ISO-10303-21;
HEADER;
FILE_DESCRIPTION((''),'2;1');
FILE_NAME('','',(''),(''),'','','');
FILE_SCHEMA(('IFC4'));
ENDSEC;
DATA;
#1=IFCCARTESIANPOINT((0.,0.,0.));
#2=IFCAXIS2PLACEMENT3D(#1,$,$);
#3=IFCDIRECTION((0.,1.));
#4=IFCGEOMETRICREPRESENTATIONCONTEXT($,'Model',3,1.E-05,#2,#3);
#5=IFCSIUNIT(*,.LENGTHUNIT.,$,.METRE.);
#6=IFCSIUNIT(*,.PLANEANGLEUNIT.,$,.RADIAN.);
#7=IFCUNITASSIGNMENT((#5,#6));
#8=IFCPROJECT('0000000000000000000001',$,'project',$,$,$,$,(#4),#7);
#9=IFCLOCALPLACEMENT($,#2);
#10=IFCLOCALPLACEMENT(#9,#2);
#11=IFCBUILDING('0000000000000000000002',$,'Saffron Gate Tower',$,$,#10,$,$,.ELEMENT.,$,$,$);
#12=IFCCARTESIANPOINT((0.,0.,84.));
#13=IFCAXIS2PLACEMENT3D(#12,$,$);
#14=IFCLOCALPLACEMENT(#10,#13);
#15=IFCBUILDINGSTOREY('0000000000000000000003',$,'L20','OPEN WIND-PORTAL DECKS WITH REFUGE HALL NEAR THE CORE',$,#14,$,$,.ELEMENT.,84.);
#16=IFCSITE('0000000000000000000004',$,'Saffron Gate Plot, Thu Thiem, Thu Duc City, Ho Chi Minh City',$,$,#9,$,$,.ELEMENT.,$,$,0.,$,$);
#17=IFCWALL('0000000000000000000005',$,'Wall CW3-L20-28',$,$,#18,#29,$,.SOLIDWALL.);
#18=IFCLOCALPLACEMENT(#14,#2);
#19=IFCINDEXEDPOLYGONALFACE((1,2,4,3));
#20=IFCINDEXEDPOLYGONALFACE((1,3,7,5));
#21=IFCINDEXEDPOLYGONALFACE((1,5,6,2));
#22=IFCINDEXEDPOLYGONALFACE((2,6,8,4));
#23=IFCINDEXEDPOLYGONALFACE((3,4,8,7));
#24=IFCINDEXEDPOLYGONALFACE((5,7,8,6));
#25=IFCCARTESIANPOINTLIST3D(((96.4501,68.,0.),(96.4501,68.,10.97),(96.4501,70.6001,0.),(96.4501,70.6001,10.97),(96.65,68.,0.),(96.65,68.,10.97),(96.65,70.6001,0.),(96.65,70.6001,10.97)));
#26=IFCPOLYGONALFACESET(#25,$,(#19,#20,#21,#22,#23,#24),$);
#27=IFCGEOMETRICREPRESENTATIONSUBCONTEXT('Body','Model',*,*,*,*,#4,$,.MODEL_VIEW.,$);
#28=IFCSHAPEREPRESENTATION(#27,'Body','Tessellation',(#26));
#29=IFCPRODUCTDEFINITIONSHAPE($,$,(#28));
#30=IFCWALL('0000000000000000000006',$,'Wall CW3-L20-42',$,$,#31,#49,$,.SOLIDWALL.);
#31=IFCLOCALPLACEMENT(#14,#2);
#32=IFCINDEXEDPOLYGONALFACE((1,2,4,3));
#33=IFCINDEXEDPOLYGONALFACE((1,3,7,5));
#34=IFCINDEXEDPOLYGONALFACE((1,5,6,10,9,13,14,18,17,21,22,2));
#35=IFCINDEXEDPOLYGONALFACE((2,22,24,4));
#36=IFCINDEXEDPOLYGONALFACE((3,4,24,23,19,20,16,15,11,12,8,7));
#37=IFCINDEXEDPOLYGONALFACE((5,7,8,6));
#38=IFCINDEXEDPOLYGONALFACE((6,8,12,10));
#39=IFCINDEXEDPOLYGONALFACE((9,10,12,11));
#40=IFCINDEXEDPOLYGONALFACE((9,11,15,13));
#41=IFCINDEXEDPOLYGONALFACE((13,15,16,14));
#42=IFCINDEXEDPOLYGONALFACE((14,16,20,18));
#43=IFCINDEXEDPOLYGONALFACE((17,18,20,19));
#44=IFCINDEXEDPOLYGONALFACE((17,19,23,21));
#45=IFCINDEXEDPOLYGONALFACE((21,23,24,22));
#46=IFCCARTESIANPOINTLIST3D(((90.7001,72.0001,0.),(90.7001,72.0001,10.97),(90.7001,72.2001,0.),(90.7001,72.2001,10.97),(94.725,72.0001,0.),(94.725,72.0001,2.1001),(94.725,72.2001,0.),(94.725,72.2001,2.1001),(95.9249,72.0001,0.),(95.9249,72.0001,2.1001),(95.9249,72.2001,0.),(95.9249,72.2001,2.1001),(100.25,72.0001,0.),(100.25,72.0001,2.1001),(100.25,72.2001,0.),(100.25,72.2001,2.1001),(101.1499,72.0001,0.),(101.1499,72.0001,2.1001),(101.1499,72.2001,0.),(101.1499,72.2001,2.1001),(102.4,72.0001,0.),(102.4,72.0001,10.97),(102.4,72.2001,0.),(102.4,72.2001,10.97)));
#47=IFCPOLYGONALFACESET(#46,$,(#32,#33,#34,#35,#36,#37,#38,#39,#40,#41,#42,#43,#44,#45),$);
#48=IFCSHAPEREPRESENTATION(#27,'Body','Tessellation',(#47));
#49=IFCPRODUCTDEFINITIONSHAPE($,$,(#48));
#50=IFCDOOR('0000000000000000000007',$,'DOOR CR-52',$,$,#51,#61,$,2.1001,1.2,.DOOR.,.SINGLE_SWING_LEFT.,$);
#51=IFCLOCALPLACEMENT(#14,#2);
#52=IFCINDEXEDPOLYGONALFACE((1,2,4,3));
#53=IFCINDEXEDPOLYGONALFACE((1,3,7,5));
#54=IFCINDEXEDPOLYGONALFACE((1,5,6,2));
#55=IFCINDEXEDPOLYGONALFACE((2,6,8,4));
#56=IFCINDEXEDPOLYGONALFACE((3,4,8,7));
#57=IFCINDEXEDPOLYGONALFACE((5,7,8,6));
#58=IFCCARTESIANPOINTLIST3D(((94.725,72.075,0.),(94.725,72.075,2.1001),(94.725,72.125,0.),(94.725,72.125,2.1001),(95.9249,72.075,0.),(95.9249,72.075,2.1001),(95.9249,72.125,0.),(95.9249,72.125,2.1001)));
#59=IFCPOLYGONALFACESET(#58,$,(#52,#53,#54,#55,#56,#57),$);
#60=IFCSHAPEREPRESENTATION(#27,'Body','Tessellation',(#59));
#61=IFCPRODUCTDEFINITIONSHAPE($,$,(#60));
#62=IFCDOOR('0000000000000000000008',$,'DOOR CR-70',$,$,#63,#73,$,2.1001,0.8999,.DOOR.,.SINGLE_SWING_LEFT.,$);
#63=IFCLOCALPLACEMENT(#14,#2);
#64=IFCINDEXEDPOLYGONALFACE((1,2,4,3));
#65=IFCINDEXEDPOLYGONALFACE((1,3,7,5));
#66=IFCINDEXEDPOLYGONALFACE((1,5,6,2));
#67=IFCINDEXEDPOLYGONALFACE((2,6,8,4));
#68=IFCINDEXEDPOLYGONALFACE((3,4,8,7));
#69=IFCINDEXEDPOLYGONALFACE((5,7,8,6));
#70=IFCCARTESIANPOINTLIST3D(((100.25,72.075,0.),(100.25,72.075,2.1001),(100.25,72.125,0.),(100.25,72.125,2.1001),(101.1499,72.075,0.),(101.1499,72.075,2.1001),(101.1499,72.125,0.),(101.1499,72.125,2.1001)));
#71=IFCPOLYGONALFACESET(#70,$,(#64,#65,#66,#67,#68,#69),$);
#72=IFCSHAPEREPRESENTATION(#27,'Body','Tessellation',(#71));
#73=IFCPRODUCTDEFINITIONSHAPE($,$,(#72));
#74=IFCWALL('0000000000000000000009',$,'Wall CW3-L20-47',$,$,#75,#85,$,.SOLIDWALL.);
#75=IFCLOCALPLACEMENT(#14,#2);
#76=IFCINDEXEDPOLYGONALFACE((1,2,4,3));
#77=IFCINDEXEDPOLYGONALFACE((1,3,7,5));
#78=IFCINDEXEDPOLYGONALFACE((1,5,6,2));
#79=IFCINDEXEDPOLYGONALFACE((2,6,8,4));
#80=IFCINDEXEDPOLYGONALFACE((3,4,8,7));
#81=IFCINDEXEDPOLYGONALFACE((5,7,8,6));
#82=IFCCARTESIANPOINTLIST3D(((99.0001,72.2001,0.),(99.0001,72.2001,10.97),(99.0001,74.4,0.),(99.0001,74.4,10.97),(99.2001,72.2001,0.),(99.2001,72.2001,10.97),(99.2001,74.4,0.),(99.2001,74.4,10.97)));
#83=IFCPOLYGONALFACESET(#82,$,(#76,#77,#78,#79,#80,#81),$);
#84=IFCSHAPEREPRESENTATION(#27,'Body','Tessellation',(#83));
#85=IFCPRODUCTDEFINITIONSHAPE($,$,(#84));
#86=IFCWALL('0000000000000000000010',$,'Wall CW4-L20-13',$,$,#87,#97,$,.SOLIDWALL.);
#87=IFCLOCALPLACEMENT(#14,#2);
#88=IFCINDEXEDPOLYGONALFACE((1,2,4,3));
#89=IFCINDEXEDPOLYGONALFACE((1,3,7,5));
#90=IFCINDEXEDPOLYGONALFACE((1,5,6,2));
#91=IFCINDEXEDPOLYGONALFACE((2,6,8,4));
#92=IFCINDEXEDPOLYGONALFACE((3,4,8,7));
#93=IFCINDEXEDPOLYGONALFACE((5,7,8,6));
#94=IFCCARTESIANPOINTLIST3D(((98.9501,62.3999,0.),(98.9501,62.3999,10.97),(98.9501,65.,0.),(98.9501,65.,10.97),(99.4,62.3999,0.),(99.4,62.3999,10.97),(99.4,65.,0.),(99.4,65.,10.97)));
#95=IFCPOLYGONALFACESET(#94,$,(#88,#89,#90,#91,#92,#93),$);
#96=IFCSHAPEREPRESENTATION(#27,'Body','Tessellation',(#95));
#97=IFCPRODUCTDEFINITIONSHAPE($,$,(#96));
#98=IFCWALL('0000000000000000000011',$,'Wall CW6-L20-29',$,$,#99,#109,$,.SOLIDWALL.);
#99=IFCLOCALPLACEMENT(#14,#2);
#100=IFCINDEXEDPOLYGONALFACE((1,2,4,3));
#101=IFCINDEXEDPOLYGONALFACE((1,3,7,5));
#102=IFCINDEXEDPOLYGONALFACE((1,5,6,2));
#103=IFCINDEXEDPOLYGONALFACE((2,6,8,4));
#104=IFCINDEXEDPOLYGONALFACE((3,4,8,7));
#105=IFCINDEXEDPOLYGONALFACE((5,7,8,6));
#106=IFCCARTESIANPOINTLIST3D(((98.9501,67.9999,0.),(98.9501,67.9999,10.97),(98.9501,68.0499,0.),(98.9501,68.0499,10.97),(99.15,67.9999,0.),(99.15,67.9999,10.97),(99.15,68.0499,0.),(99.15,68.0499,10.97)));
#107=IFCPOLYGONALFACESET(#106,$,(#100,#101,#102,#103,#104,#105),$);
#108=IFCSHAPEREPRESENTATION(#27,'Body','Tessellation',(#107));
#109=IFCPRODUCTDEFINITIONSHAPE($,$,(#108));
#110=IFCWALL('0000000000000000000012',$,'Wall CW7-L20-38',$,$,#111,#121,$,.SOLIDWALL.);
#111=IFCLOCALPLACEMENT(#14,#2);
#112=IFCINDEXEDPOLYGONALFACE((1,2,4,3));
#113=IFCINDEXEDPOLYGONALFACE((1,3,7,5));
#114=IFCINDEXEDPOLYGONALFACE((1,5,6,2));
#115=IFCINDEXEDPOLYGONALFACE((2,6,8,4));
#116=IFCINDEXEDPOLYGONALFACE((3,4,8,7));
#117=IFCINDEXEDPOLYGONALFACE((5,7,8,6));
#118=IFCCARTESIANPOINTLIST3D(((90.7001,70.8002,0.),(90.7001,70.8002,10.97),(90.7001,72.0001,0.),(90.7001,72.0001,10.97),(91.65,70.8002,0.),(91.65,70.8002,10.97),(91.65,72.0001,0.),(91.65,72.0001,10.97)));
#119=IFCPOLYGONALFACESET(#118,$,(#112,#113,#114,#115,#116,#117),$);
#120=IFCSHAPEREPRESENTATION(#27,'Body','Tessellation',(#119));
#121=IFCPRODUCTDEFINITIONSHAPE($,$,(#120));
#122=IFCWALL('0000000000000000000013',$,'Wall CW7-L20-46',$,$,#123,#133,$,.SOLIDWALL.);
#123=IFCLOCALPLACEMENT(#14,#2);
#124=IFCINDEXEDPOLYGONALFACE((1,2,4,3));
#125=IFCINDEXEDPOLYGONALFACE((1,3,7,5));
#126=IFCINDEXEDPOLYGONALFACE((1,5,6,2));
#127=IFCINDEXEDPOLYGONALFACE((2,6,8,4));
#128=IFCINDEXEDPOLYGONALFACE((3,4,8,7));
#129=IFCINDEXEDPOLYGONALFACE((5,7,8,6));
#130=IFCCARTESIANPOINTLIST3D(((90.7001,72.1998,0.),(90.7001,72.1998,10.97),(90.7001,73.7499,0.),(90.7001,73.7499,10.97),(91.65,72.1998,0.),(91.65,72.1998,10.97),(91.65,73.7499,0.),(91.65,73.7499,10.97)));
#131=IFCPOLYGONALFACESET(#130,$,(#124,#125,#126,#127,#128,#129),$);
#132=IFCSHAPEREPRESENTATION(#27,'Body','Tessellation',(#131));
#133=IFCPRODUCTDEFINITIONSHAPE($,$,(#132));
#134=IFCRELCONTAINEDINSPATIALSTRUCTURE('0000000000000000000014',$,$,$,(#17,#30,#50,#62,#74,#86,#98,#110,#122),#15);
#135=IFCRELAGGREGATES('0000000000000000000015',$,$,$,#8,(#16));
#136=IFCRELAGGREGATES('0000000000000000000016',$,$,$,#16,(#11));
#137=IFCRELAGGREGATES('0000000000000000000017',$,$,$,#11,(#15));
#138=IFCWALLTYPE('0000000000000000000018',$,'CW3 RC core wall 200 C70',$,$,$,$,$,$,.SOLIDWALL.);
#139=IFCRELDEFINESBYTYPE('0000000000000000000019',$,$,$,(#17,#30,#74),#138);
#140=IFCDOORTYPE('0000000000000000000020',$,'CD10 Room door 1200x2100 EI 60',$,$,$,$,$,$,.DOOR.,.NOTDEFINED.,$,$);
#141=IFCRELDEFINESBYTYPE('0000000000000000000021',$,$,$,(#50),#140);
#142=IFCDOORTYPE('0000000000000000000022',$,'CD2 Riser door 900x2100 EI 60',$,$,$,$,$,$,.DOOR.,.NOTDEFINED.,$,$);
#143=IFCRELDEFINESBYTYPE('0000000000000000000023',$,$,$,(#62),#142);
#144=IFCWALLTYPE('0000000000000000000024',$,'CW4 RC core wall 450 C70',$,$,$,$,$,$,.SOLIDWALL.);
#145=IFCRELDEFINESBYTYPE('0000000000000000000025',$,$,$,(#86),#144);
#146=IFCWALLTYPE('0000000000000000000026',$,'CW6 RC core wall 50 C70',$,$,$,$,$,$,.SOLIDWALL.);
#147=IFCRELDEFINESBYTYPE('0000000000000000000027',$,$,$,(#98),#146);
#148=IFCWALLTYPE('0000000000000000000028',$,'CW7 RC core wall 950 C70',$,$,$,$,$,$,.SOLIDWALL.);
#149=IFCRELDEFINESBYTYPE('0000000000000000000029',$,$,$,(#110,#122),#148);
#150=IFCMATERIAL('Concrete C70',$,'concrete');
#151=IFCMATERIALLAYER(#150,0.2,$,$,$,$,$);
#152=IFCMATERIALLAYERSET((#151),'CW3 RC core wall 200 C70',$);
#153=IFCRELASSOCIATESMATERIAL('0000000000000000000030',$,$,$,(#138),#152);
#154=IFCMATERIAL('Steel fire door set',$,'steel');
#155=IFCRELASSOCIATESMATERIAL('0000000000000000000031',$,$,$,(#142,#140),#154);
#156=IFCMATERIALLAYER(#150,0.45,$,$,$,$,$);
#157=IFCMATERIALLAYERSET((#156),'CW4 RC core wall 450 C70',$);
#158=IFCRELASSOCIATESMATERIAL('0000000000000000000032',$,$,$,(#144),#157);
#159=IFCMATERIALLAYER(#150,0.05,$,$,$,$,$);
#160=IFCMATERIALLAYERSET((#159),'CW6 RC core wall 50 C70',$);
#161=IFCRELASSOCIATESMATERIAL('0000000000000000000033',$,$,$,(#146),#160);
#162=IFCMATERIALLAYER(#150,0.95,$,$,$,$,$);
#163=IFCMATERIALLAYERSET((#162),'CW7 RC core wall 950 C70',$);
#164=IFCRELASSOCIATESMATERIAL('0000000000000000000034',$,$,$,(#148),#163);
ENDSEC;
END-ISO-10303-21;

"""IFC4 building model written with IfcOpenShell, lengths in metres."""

from ifc_helpers import new_model, si_unit, direction, frame, frame_2d, origin, place, context, subcontext, project, spatial, rectangle, extrude, material, layer, layer_set, type_object, element, fill, save


model = new_model("IFC4")

# Units and contexts
model_context = context("Model", 3, precision=1e-05, world=origin(), true_north=direction((0.0, 1.0)))
body_context = subcontext(model_context, "Body", "Model", "MODEL_VIEW")
ifc_project = project(units=[si_unit("LENGTHUNIT", "METRE"), si_unit("PLANEANGLEUNIT", "RADIAN")], contexts=[model_context])

# Site, building, storey
site_placement = place(None, origin())
site = spatial("IfcSite", under=ifc_project, at=site_placement, Name="Saffron Gate Plot, Thu Thiem, Thu Duc City, Ho Chi Minh City", CompositionType="ELEMENT", RefElevation=0.0)
building_placement = place(site_placement, origin())
building = spatial("IfcBuilding", under=site, at=building_placement, Name="Saffron Gate Tower", CompositionType="ELEMENT")
storey_placement = place(building_placement, frame((0.0, 0.0, 84.0)))
storey = spatial("IfcBuildingStorey", under=building, at=storey_placement, Name="L20", Description="OPEN WIND-PORTAL DECKS WITH REFUGE HALL NEAR THE CORE", CompositionType="ELEMENT", Elevation=84.0)

# Shared definitions
ifc_material_1 = material(Name="Concrete C70", Category="concrete")

# Shared definitions
ifc_material_2 = material(Name="Steel fire door set", Category="steel")

# Shared definitions
ifc_layer_1 = layer(ifc_material_1, 0.2)
ifc_layer_set_1 = layer_set([ifc_layer_1], Name="CW3 RC core wall 200 C70")
wall_type_1 = type_object("IfcWallType", Name="CW3 RC core wall 200 C70", PredefinedType="SOLIDWALL", material=ifc_layer_set_1)

# Shared definitions
door_type_1 = type_object("IfcDoorType", Name="CD2 Riser door 900x2100 EI 60", OperationType="NOTDEFINED", PredefinedType="DOOR", material=ifc_material_2)

# Wall
for number, where, z_axis, x_axis, name in (
    (1, (96.55, 68.0, 0.0), (0.0, 0.0, 1.0), (0.0, 1.0, 0.0), "Wall CW3-L20-28"),
):
    element("IfcWall", number, at=place(storey_placement, frame(where, z_axis=z_axis, x_axis=x_axis)), inside=storey, type_object=wall_type_1, Name=name, PredefinedType="SOLIDWALL", context=body_context, shape_type="SweptSolid", body=[
        extrude(rectangle(XDim=2.6001, YDim=0.2, at=frame_2d((1.3, 0.0))), origin(), (0.0, 0.0, 1.0), 10.97),
    ])

# Wall, openings, doors
wall_1_placement = place(storey_placement, frame((90.7, 72.1001, 0.0), z_axis=(0.0, 0.0, 1.0), x_axis=(1.0, 0.0, 0.0)))
wall_1 = element("IfcWall", 2, at=wall_1_placement, inside=storey, type_object=wall_type_1, Name="Wall CW3-L20-42", PredefinedType="SOLIDWALL", context=body_context, shape_type="SweptSolid", body=[
    extrude(rectangle(XDim=11.7, YDim=0.2, at=frame_2d((5.8501, 0.0))), origin(), (0.0, 0.0, 1.0), 10.97),
])
opening_1_placement = place(wall_1_placement, frame((4.0249, 0.0, 0.0)))
opening_1 = element("IfcOpeningElement", 3, at=opening_1_placement, cuts=wall_1, PredefinedType="OPENING", context=body_context, shape_type="SweptSolid", body=[
    extrude(rectangle(XDim=1.2, YDim=2.1001, at=frame_2d((0.6001, 1.05))), frame((0.0, 0.1099, 0.0), z_axis=(0.0, -1.0, 0.0), x_axis=(1.0, 0.0, 0.0)), (0.0, 0.0, 1.0), 0.22),
])
opening_2_placement = place(wall_1_placement, frame((9.55, 0.0, 0.0)))
opening_2 = element("IfcOpeningElement", 4, at=opening_2_placement, cuts=wall_1, PredefinedType="OPENING", context=body_context, shape_type="SweptSolid", body=[
    extrude(rectangle(XDim=0.8999, YDim=2.1001, at=frame_2d((0.45, 1.05))), frame((0.0, 0.1099, 0.0), z_axis=(0.0, -1.0, 0.0), x_axis=(1.0, 0.0, 0.0)), (0.0, 0.0, 1.0), 0.22),
])
door_type_2 = type_object("IfcDoorType", Name="CD10 Room door 1200x2100 EI 60", OperationType="NOTDEFINED", PredefinedType="DOOR", material=ifc_material_2)
door_1_placement = place(opening_1_placement, origin())
door_1 = element("IfcDoor", 5, at=door_1_placement, inside=storey, type_object=door_type_2, Name="DOOR CR-52", OperationType="SINGLE_SWING_LEFT", OverallHeight=2.1001, OverallWidth=1.2, PredefinedType="DOOR", context=body_context, shape_type="SweptSolid", body=[
    extrude(rectangle(XDim=1.2, YDim=2.1001, at=frame_2d((0.6001, 1.05))), frame((0.0, 0.0249, 0.0), z_axis=(0.0, -1.0, 0.0), x_axis=(1.0, 0.0, 0.0)), (0.0, 0.0, 1.0), 0.05),
])
fill(opening_1, door_1)
door_2_placement = place(opening_2_placement, origin())
door_2 = element("IfcDoor", 6, at=door_2_placement, inside=storey, type_object=door_type_1, Name="DOOR CR-70", OperationType="SINGLE_SWING_LEFT", OverallHeight=2.1001, OverallWidth=0.8999, PredefinedType="DOOR", context=body_context, shape_type="SweptSolid", body=[
    extrude(rectangle(XDim=0.8999, YDim=2.1001, at=frame_2d((0.45, 1.05))), frame((0.0, 0.0249, 0.0), z_axis=(0.0, -1.0, 0.0), x_axis=(1.0, 0.0, 0.0)), (0.0, 0.0, 1.0), 0.05),
])
fill(opening_2, door_2)

# Walls
wall_2_placement = place(storey_placement, frame((99.1001, 72.2, 0.0), z_axis=(0.0, 0.0, 1.0), x_axis=(0.0, 1.0, 0.0)))
element("IfcWall", 7, at=wall_2_placement, inside=storey, type_object=wall_type_1, Name="Wall CW3-L20-47", PredefinedType="SOLIDWALL", context=body_context, shape_type="SweptSolid", body=[
    extrude(rectangle(XDim=2.2, YDim=0.2, at=frame_2d((1.1001, 0.0))), origin(), (0.0, 0.0, 1.0), 10.97),
])
ifc_layer_2 = layer(ifc_material_1, 0.45)
ifc_layer_set_2 = layer_set([ifc_layer_2], Name="CW4 RC core wall 450 C70")
wall_type_2 = type_object("IfcWallType", Name="CW4 RC core wall 450 C70", PredefinedType="SOLIDWALL", material=ifc_layer_set_2)
wall_3_placement = place(storey_placement, frame((99.175, 62.3999, 0.0), z_axis=(0.0, 0.0, 1.0), x_axis=(0.0, 1.0, 0.0)))
element("IfcWall", 8, at=wall_3_placement, inside=storey, type_object=wall_type_2, Name="Wall CW4-L20-13", PredefinedType="SOLIDWALL", context=body_context, shape_type="SweptSolid", body=[
    extrude(rectangle(XDim=2.6001, YDim=0.45, at=frame_2d((1.3, 0.0))), origin(), (0.0, 0.0, 1.0), 10.97),
])
ifc_layer_3 = layer(ifc_material_1, 0.05)
ifc_layer_set_3 = layer_set([ifc_layer_3], Name="CW6 RC core wall 50 C70")
wall_type_3 = type_object("IfcWallType", Name="CW6 RC core wall 50 C70", PredefinedType="SOLIDWALL", material=ifc_layer_set_3)
wall_4_placement = place(storey_placement, frame((98.95, 68.0249, 0.0), z_axis=(0.0, 0.0, 1.0), x_axis=(1.0, 0.0, 0.0)))
element("IfcWall", 9, at=wall_4_placement, inside=storey, type_object=wall_type_3, Name="Wall CW6-L20-29", PredefinedType="SOLIDWALL", context=body_context, shape_type="SweptSolid", body=[
    extrude(rectangle(XDim=0.2, YDim=0.05, at=frame_2d((0.1001, 0.0))), origin(), (0.0, 0.0, 1.0), 10.97),
])
ifc_layer_4 = layer(ifc_material_1, 0.95)
ifc_layer_set_4 = layer_set([ifc_layer_4], Name="CW7 RC core wall 950 C70")
wall_type_4 = type_object("IfcWallType", Name="CW7 RC core wall 950 C70", PredefinedType="SOLIDWALL", material=ifc_layer_set_4)
wall_5_placement = place(storey_placement, frame((91.175, 70.8, 0.0), z_axis=(0.0, 0.0, 1.0), x_axis=(0.0, 1.0, 0.0)))
element("IfcWall", 10, at=wall_5_placement, inside=storey, type_object=wall_type_4, Name="Wall CW7-L20-38", PredefinedType="SOLIDWALL", context=body_context, shape_type="SweptSolid", body=[
    extrude(rectangle(XDim=1.2, YDim=0.95, at=frame_2d((0.6001, 0.0))), origin(), (0.0, 0.0, 1.0), 10.97),
])
wall_6_placement = place(storey_placement, frame((91.175, 72.2, 0.0), z_axis=(0.0, 0.0, 1.0), x_axis=(0.0, 1.0, 0.0)))
element("IfcWall", 11, at=wall_6_placement, inside=storey, type_object=wall_type_4, Name="Wall CW7-L20-46", PredefinedType="SOLIDWALL", context=body_context, shape_type="SweptSolid", body=[
    extrude(rectangle(XDim=1.55, YDim=0.95, at=frame_2d((0.7749, 0.0))), origin(), (0.0, 0.0, 1.0), 10.97),
])

save(model, "model.ifc")
